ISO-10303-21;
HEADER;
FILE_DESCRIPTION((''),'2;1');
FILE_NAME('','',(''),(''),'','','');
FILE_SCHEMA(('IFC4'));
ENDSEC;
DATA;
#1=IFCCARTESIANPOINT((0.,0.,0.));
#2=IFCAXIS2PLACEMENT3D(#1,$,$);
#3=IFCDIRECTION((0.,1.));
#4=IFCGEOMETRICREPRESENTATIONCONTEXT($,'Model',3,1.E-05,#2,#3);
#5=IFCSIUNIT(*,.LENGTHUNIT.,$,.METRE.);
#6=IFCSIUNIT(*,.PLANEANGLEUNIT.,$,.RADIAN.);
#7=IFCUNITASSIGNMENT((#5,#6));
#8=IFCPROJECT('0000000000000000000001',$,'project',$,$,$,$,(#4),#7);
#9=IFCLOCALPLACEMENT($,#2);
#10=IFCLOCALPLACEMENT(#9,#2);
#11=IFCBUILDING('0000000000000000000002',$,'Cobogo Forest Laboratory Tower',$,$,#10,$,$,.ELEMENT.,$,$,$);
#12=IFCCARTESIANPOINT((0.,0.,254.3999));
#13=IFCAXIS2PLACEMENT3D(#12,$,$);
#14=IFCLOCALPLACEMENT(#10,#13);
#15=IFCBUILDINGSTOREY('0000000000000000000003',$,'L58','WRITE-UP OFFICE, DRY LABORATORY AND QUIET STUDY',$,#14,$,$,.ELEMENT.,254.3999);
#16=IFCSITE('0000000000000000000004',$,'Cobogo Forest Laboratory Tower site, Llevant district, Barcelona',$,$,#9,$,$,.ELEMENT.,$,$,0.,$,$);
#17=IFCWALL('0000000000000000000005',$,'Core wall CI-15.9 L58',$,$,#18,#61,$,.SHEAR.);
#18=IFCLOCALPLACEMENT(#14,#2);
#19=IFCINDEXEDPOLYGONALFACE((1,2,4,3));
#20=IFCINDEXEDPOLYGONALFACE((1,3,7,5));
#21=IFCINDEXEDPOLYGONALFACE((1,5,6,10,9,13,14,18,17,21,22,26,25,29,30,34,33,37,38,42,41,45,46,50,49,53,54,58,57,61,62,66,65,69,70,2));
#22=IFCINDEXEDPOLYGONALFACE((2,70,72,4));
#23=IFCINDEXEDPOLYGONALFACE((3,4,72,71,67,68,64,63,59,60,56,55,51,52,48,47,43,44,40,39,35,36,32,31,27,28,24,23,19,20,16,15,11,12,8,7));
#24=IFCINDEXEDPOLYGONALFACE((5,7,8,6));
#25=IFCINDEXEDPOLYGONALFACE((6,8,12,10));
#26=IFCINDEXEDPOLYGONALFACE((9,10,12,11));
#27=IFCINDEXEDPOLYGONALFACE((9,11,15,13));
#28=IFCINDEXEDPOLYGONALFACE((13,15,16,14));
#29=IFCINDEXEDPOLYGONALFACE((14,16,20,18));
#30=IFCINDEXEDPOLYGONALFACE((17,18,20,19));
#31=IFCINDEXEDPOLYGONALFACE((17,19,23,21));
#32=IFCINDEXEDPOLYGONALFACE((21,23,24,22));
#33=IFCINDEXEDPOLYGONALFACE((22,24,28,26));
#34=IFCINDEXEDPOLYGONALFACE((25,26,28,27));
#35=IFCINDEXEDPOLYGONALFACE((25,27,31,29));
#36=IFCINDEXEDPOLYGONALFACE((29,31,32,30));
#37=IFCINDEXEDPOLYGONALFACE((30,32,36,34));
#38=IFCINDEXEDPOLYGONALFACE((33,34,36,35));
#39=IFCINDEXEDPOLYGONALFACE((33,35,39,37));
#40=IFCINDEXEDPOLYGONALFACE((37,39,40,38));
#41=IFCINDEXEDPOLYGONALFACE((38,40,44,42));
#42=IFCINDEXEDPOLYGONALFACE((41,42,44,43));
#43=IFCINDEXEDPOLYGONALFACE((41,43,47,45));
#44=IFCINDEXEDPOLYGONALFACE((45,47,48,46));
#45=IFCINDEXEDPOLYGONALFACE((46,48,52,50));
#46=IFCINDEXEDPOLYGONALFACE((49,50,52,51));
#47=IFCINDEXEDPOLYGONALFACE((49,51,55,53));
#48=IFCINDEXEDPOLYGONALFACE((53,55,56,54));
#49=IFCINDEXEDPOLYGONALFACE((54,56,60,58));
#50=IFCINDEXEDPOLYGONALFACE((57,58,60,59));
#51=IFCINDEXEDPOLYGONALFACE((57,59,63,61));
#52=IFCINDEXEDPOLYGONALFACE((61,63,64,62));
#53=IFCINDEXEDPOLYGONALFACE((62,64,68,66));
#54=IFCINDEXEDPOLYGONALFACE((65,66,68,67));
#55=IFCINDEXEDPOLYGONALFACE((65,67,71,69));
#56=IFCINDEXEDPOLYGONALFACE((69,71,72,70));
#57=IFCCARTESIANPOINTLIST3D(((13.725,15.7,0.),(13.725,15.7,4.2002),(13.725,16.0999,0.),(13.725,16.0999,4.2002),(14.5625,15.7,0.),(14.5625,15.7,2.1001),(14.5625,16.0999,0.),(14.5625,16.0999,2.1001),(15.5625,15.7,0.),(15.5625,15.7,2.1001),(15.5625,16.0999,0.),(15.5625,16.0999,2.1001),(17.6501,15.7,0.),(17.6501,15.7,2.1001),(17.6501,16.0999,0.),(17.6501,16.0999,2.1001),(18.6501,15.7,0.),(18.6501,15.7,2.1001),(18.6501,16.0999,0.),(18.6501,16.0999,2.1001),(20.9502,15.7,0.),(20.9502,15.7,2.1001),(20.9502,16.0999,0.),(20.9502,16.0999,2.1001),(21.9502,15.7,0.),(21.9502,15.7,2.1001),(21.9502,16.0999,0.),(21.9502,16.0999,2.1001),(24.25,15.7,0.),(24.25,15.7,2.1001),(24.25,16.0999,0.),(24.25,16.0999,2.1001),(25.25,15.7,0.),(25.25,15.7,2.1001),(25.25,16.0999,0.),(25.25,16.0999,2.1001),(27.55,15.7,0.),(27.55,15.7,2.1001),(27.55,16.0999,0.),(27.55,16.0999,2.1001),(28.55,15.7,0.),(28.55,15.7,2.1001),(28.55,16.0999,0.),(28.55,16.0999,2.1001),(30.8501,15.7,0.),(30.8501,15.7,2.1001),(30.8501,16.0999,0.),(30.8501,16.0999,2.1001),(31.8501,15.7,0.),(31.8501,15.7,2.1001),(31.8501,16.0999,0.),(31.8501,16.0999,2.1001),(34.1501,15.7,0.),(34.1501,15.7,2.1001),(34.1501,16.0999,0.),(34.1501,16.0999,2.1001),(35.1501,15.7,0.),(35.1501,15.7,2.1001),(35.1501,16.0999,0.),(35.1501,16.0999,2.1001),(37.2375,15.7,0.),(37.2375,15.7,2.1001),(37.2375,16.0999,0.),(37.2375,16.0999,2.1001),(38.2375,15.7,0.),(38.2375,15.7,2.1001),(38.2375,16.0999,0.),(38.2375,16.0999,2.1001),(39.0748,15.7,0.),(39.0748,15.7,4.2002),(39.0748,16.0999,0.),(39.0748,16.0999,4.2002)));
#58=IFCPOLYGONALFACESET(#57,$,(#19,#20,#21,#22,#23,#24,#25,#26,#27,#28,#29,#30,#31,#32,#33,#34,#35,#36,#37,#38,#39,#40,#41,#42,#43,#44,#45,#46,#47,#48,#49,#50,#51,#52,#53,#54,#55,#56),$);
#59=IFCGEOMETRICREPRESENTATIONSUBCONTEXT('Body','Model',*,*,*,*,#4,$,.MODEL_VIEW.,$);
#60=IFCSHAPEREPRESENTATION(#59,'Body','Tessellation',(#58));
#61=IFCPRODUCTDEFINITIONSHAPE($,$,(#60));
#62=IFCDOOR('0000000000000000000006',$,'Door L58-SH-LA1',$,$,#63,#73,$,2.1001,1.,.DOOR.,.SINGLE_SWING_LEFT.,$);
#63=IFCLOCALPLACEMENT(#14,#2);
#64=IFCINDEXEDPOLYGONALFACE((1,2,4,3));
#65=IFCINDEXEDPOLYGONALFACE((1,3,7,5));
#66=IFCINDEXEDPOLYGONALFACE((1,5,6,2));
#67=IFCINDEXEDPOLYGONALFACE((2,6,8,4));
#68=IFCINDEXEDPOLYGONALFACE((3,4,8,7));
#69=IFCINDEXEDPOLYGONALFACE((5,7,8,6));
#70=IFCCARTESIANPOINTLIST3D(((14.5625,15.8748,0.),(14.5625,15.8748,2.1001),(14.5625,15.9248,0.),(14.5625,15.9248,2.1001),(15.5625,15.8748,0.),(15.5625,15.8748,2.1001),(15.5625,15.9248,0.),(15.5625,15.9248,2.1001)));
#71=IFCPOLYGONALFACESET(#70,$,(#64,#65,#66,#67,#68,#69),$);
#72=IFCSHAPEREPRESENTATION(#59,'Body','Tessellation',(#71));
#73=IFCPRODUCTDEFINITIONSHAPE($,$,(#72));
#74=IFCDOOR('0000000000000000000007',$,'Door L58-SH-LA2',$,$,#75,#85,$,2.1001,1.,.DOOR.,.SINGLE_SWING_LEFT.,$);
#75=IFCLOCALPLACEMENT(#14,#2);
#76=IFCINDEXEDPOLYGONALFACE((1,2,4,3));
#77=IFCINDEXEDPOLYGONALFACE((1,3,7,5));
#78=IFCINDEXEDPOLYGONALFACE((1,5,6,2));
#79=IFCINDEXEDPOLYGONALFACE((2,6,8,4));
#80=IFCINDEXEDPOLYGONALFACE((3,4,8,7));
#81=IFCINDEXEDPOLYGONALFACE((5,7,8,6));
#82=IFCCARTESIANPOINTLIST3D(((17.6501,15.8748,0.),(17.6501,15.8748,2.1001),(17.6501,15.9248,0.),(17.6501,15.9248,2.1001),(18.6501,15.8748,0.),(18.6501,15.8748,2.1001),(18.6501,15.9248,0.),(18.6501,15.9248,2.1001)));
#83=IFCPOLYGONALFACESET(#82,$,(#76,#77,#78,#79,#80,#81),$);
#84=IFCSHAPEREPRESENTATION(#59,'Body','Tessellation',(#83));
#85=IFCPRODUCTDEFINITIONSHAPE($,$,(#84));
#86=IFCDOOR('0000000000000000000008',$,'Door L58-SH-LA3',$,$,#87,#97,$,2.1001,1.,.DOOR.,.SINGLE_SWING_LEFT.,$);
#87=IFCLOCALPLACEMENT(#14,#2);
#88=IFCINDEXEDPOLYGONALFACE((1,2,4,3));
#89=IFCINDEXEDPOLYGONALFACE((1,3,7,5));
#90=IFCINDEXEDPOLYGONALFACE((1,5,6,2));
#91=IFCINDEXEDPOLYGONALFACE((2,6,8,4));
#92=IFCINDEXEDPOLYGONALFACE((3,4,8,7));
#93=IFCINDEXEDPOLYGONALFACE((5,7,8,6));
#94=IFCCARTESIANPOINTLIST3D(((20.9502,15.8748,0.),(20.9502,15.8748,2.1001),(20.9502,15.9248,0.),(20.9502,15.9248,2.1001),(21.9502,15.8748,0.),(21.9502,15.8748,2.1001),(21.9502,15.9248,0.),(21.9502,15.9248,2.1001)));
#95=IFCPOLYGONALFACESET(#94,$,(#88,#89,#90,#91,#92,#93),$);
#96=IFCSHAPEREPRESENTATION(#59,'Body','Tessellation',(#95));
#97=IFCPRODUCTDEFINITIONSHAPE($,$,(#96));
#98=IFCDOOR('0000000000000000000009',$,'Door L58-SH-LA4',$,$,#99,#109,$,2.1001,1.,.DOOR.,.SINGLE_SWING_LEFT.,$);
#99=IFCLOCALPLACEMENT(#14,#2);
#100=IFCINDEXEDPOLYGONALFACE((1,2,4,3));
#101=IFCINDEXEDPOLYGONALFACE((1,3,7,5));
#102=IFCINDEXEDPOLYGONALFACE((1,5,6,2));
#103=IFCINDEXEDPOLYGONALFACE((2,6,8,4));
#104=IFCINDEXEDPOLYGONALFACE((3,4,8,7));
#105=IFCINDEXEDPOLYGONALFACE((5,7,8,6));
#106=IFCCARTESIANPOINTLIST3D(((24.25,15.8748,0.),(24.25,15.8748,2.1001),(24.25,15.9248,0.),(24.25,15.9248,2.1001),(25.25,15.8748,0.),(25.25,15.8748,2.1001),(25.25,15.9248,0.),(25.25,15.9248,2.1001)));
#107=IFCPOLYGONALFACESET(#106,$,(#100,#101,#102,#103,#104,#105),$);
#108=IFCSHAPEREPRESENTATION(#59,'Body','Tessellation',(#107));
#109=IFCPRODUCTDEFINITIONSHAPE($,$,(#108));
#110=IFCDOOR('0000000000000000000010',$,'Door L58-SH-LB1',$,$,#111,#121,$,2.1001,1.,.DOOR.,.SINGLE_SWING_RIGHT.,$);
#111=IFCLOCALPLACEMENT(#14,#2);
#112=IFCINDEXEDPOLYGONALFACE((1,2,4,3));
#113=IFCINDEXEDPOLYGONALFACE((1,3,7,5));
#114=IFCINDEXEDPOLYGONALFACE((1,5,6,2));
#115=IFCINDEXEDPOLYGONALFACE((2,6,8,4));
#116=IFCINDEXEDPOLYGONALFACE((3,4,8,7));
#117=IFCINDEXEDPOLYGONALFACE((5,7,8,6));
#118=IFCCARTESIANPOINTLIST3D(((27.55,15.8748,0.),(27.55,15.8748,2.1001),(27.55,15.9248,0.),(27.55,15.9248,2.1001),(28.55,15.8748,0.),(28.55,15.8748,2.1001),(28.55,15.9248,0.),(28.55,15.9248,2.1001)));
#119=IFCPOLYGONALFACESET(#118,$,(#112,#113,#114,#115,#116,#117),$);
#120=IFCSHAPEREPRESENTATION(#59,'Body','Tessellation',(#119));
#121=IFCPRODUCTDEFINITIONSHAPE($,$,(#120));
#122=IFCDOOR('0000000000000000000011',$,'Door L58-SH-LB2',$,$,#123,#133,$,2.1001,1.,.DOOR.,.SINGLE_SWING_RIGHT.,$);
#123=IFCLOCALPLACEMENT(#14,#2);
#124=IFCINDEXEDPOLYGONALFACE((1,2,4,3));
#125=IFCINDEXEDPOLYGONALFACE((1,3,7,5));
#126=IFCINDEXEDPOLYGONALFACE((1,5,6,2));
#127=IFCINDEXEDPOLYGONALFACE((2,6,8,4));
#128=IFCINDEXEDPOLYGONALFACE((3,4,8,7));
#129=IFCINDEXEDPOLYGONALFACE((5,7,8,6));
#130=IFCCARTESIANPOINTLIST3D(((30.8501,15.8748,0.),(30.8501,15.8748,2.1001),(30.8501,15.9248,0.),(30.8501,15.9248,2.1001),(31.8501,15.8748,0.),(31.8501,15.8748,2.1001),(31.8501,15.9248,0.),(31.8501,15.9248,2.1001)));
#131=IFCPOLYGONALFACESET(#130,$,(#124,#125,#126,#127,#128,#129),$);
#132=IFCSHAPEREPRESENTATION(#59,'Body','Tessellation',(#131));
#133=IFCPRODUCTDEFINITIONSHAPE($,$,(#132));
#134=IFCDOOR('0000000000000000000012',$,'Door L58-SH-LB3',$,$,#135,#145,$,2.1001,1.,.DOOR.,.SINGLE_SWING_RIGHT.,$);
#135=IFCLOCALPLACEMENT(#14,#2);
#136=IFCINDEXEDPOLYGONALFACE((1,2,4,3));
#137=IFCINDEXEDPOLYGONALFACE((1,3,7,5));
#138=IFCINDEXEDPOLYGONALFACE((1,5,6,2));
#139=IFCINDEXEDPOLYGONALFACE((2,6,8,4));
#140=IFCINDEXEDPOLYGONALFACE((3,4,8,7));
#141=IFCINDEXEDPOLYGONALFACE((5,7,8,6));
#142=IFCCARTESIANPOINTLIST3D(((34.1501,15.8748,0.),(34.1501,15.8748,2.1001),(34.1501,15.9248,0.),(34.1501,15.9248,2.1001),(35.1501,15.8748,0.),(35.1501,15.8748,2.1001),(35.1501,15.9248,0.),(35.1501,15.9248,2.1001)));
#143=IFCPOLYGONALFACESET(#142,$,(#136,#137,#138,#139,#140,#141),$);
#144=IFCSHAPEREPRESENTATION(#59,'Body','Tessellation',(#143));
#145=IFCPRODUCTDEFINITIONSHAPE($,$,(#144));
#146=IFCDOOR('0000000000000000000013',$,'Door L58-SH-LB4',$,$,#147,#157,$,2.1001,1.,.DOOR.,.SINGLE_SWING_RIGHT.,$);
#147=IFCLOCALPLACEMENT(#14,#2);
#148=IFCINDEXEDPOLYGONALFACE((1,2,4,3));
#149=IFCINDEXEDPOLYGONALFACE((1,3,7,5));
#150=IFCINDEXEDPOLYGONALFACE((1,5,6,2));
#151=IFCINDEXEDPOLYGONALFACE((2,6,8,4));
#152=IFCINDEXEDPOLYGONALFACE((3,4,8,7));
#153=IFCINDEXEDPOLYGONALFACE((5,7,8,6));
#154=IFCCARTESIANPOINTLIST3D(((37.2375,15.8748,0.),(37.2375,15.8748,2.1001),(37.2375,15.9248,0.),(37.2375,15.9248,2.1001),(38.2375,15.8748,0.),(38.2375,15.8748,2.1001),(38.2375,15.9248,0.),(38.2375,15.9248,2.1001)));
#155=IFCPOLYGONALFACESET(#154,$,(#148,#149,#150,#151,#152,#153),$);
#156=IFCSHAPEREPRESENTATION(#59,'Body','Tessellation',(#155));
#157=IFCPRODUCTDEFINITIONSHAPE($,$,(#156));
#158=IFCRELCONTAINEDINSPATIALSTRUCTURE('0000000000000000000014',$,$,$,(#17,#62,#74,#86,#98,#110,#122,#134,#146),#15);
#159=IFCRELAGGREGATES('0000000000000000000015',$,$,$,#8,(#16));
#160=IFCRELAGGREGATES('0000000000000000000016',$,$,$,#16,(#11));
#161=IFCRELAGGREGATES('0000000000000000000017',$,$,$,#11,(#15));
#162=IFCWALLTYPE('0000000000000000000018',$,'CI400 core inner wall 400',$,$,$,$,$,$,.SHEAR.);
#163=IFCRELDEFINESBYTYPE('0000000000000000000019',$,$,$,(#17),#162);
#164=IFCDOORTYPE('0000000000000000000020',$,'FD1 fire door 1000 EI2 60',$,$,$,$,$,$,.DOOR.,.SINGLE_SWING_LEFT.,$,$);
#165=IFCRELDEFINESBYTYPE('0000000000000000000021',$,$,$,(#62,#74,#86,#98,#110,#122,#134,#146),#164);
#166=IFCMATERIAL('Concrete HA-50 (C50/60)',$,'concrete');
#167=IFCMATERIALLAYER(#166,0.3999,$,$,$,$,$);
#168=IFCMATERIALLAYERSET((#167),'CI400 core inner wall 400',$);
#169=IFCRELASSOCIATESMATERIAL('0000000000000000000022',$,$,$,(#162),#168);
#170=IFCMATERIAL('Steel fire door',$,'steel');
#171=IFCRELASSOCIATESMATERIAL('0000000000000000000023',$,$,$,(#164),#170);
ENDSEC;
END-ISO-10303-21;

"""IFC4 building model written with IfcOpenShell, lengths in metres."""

from ifc_helpers import new_model, si_unit, direction, frame, frame_2d, origin, place, context, subcontext, project, spatial, rectangle, extrude, material, layer, layer_set, type_object, element, fill, save


model = new_model("IFC4")

# Units and contexts
model_context = context("Model", 3, precision=1e-05, world=origin(), true_north=direction((0.0, 1.0)))
body_context = subcontext(model_context, "Body", "Model", "MODEL_VIEW")
ifc_project = project(units=[si_unit("LENGTHUNIT", "METRE"), si_unit("PLANEANGLEUNIT", "RADIAN")], contexts=[model_context])

# Site, building, storey
site_placement = place(None, origin())
site = spatial("IfcSite", under=ifc_project, at=site_placement, Name="Cobogo Forest Laboratory Tower site, Llevant district, Barcelona", CompositionType="ELEMENT", RefElevation=0.0)
building_placement = place(site_placement, origin())
building = spatial("IfcBuilding", under=site, at=building_placement, Name="Cobogo Forest Laboratory Tower", CompositionType="ELEMENT")
storey_placement = place(building_placement, frame((0.0, 0.0, 254.3999)))
storey = spatial("IfcBuildingStorey", under=building, at=storey_placement, Name="L58", Description="WRITE-UP OFFICE, DRY LABORATORY AND QUIET STUDY", CompositionType="ELEMENT", Elevation=254.3999)

# Wall, openings, doors
ifc_material_1 = material(Name="Concrete HA-50 (C50/60)", Category="concrete")
ifc_layer_1 = layer(ifc_material_1, 0.3999)
ifc_layer_set_1 = layer_set([ifc_layer_1], Name="CI400 core inner wall 400")
wall_type_1 = type_object("IfcWallType", Name="CI400 core inner wall 400", PredefinedType="SHEAR", material=ifc_layer_set_1)
wall_1_placement = place(storey_placement, frame((13.7251, 15.8999, 0.0), z_axis=(0.0, 0.0, 1.0), x_axis=(1.0, 0.0, 0.0)))
wall_1 = element("IfcWall", 1, at=wall_1_placement, inside=storey, type_object=wall_type_1, Name="Core wall CI-15.9 L58", PredefinedType="SHEAR", context=body_context, shape_type="SweptSolid", body=[
    extrude(rectangle(XDim=25.3499, YDim=0.3999, at=frame_2d((12.6748, 0.0))), origin(), (0.0, 0.0, 1.0), 4.2002),
])
opening_1_placement = place(wall_1_placement, frame((0.8374, 0.0, 0.0)))
opening_1 = element("IfcOpeningElement", 2, at=opening_1_placement, cuts=wall_1, PredefinedType="OPENING", context=body_context, shape_type="SweptSolid", body=[
    extrude(rectangle(XDim=1.0, YDim=2.1001, at=frame_2d((0.5, 1.05))), frame((0.0, 0.21, 0.0), z_axis=(0.0, -1.0, 0.0), x_axis=(1.0, 0.0, 0.0)), (0.0, 0.0, 1.0), 0.4199),
])
opening_2_placement = place(wall_1_placement, frame((3.925, 0.0, 0.0)))
opening_2 = element("IfcOpeningElement", 3, at=opening_2_placement, cuts=wall_1, PredefinedType="OPENING", context=body_context, shape_type="SweptSolid", body=[
    extrude(rectangle(XDim=1.0, YDim=2.1001, at=frame_2d((0.5, 1.05))), frame((0.0, 0.21, 0.0), z_axis=(0.0, -1.0, 0.0), x_axis=(1.0, 0.0, 0.0)), (0.0, 0.0, 1.0), 0.4199),
])
opening_3_placement = place(wall_1_placement, frame((7.2251, 0.0, 0.0)))
opening_3 = element("IfcOpeningElement", 4, at=opening_3_placement, cuts=wall_1, PredefinedType="OPENING", context=body_context, shape_type="SweptSolid", body=[
    extrude(rectangle(XDim=1.0, YDim=2.1001, at=frame_2d((0.5, 1.05))), frame((0.0, 0.21, 0.0), z_axis=(0.0, -1.0, 0.0), x_axis=(1.0, 0.0, 0.0)), (0.0, 0.0, 1.0), 0.4199),
])
opening_4_placement = place(wall_1_placement, frame((10.5249, 0.0, 0.0)))
opening_4 = element("IfcOpeningElement", 5, at=opening_4_placement, cuts=wall_1, PredefinedType="OPENING", context=body_context, shape_type="SweptSolid", body=[
    extrude(rectangle(XDim=1.0, YDim=2.1001, at=frame_2d((0.5, 1.05))), frame((0.0, 0.21, 0.0), z_axis=(0.0, -1.0, 0.0), x_axis=(1.0, 0.0, 0.0)), (0.0, 0.0, 1.0), 0.4199),
])
opening_5_placement = place(wall_1_placement, frame((13.825, 0.0, 0.0)))
opening_5 = element("IfcOpeningElement", 6, at=opening_5_placement, cuts=wall_1, PredefinedType="OPENING", context=body_context, shape_type="SweptSolid", body=[
    extrude(rectangle(XDim=1.0, YDim=2.1001, at=frame_2d((0.5, 1.05))), frame((0.0, 0.21, 0.0), z_axis=(0.0, -1.0, 0.0), x_axis=(1.0, 0.0, 0.0)), (0.0, 0.0, 1.0), 0.4199),
])
opening_6_placement = place(wall_1_placement, frame((17.125, 0.0, 0.0)))
opening_6 = element("IfcOpeningElement", 7, at=opening_6_placement, cuts=wall_1, PredefinedType="OPENING", context=body_context, shape_type="SweptSolid", body=[
    extrude(rectangle(XDim=1.0, YDim=2.1001, at=frame_2d((0.5, 1.05))), frame((0.0, 0.21, 0.0), z_axis=(0.0, -1.0, 0.0), x_axis=(1.0, 0.0, 0.0)), (0.0, 0.0, 1.0), 0.4199),
])
opening_7_placement = place(wall_1_placement, frame((20.425, 0.0, 0.0)))
opening_7 = element("IfcOpeningElement", 8, at=opening_7_placement, cuts=wall_1, PredefinedType="OPENING", context=body_context, shape_type="SweptSolid", body=[
    extrude(rectangle(XDim=1.0, YDim=2.1001, at=frame_2d((0.5, 1.05))), frame((0.0, 0.21, 0.0), z_axis=(0.0, -1.0, 0.0), x_axis=(1.0, 0.0, 0.0)), (0.0, 0.0, 1.0), 0.4199),
])
opening_8_placement = place(wall_1_placement, frame((23.5125, 0.0, 0.0)))
opening_8 = element("IfcOpeningElement", 9, at=opening_8_placement, cuts=wall_1, PredefinedType="OPENING", context=body_context, shape_type="SweptSolid", body=[
    extrude(rectangle(XDim=1.0, YDim=2.1001, at=frame_2d((0.5, 1.05))), frame((0.0, 0.21, 0.0), z_axis=(0.0, -1.0, 0.0), x_axis=(1.0, 0.0, 0.0)), (0.0, 0.0, 1.0), 0.4199),
])
ifc_material_2 = material(Name="Steel fire door", Category="steel")
door_type_1 = type_object("IfcDoorType", Name="FD1 fire door 1000 EI2 60", OperationType="SINGLE_SWING_LEFT", PredefinedType="DOOR", material=ifc_material_2)
door_1_placement = place(opening_1_placement, origin())
door_1 = element("IfcDoor", 10, at=door_1_placement, inside=storey, type_object=door_type_1, Name="Door L58-SH-LA1", OperationType="SINGLE_SWING_LEFT", OverallHeight=2.1001, OverallWidth=1.0, PredefinedType="DOOR", context=body_context, shape_type="SweptSolid", body=[
    extrude(rectangle(XDim=1.0, YDim=2.1001, at=frame_2d((0.5, 1.05))), frame((0.0, 0.0249, 0.0), z_axis=(0.0, -1.0, 0.0), x_axis=(1.0, 0.0, 0.0)), (0.0, 0.0, 1.0), 0.05),
])
fill(opening_1, door_1)
door_2_placement = place(opening_2_placement, origin())
door_2 = element("IfcDoor", 11, at=door_2_placement, inside=storey, type_object=door_type_1, Name="Door L58-SH-LA2", OperationType="SINGLE_SWING_LEFT", OverallHeight=2.1001, OverallWidth=1.0, PredefinedType="DOOR", context=body_context, shape_type="SweptSolid", body=[
    extrude(rectangle(XDim=1.0, YDim=2.1001, at=frame_2d((0.5, 1.05))), frame((0.0, 0.0249, 0.0), z_axis=(0.0, -1.0, 0.0), x_axis=(1.0, 0.0, 0.0)), (0.0, 0.0, 1.0), 0.05),
])
fill(opening_2, door_2)
door_3_placement = place(opening_3_placement, origin())
door_3 = element("IfcDoor", 12, at=door_3_placement, inside=storey, type_object=door_type_1, Name="Door L58-SH-LA3", OperationType="SINGLE_SWING_LEFT", OverallHeight=2.1001, OverallWidth=1.0, PredefinedType="DOOR", context=body_context, shape_type="SweptSolid", body=[
    extrude(rectangle(XDim=1.0, YDim=2.1001, at=frame_2d((0.5, 1.05))), frame((0.0, 0.0249, 0.0), z_axis=(0.0, -1.0, 0.0), x_axis=(1.0, 0.0, 0.0)), (0.0, 0.0, 1.0), 0.05),
])
fill(opening_3, door_3)
door_4_placement = place(opening_4_placement, origin())
door_4 = element("IfcDoor", 13, at=door_4_placement, inside=storey, type_object=door_type_1, Name="Door L58-SH-LA4", OperationType="SINGLE_SWING_LEFT", OverallHeight=2.1001, OverallWidth=1.0, PredefinedType="DOOR", context=body_context, shape_type="SweptSolid", body=[
    extrude(rectangle(XDim=1.0, YDim=2.1001, at=frame_2d((0.5, 1.05))), frame((0.0, 0.0249, 0.0), z_axis=(0.0, -1.0, 0.0), x_axis=(1.0, 0.0, 0.0)), (0.0, 0.0, 1.0), 0.05),
])
fill(opening_4, door_4)
door_5_placement = place(opening_5_placement, origin())
door_5 = element("IfcDoor", 14, at=door_5_placement, inside=storey, type_object=door_type_1, Name="Door L58-SH-LB1", OperationType="SINGLE_SWING_RIGHT", OverallHeight=2.1001, OverallWidth=1.0, PredefinedType="DOOR", context=body_context, shape_type="SweptSolid", body=[
    extrude(rectangle(XDim=1.0, YDim=2.1001, at=frame_2d((0.5, 1.05))), frame((0.0, 0.0249, 0.0), z_axis=(0.0, -1.0, 0.0), x_axis=(1.0, 0.0, 0.0)), (0.0, 0.0, 1.0), 0.05),
])
fill(opening_5, door_5)
door_6_placement = place(opening_6_placement, origin())
door_6 = element("IfcDoor", 15, at=door_6_placement, inside=storey, type_object=door_type_1, Name="Door L58-SH-LB2", OperationType="SINGLE_SWING_RIGHT", OverallHeight=2.1001, OverallWidth=1.0, PredefinedType="DOOR", context=body_context, shape_type="SweptSolid", body=[
    extrude(rectangle(XDim=1.0, YDim=2.1001, at=frame_2d((0.5, 1.05))), frame((0.0, 0.0249, 0.0), z_axis=(0.0, -1.0, 0.0), x_axis=(1.0, 0.0, 0.0)), (0.0, 0.0, 1.0), 0.05),
])
fill(opening_6, door_6)
door_7_placement = place(opening_7_placement, origin())
door_7 = element("IfcDoor", 16, at=door_7_placement, inside=storey, type_object=door_type_1, Name="Door L58-SH-LB3", OperationType="SINGLE_SWING_RIGHT", OverallHeight=2.1001, OverallWidth=1.0, PredefinedType="DOOR", context=body_context, shape_type="SweptSolid", body=[
    extrude(rectangle(XDim=1.0, YDim=2.1001, at=frame_2d((0.5, 1.05))), frame((0.0, 0.0249, 0.0), z_axis=(0.0, -1.0, 0.0), x_axis=(1.0, 0.0, 0.0)), (0.0, 0.0, 1.0), 0.05),
])
fill(opening_7, door_7)
door_8_placement = place(opening_8_placement, origin())
door_8 = element("IfcDoor", 17, at=door_8_placement, inside=storey, type_object=door_type_1, Name="Door L58-SH-LB4", OperationType="SINGLE_SWING_RIGHT", OverallHeight=2.1001, OverallWidth=1.0, PredefinedType="DOOR", context=body_context, shape_type="SweptSolid", body=[
    extrude(rectangle(XDim=1.0, YDim=2.1001, at=frame_2d((0.5, 1.05))), frame((0.0, 0.0249, 0.0), z_axis=(0.0, -1.0, 0.0), x_axis=(1.0, 0.0, 0.0)), (0.0, 0.0, 1.0), 0.05),
])
fill(opening_8, door_8)

save(model, "model.ifc")
